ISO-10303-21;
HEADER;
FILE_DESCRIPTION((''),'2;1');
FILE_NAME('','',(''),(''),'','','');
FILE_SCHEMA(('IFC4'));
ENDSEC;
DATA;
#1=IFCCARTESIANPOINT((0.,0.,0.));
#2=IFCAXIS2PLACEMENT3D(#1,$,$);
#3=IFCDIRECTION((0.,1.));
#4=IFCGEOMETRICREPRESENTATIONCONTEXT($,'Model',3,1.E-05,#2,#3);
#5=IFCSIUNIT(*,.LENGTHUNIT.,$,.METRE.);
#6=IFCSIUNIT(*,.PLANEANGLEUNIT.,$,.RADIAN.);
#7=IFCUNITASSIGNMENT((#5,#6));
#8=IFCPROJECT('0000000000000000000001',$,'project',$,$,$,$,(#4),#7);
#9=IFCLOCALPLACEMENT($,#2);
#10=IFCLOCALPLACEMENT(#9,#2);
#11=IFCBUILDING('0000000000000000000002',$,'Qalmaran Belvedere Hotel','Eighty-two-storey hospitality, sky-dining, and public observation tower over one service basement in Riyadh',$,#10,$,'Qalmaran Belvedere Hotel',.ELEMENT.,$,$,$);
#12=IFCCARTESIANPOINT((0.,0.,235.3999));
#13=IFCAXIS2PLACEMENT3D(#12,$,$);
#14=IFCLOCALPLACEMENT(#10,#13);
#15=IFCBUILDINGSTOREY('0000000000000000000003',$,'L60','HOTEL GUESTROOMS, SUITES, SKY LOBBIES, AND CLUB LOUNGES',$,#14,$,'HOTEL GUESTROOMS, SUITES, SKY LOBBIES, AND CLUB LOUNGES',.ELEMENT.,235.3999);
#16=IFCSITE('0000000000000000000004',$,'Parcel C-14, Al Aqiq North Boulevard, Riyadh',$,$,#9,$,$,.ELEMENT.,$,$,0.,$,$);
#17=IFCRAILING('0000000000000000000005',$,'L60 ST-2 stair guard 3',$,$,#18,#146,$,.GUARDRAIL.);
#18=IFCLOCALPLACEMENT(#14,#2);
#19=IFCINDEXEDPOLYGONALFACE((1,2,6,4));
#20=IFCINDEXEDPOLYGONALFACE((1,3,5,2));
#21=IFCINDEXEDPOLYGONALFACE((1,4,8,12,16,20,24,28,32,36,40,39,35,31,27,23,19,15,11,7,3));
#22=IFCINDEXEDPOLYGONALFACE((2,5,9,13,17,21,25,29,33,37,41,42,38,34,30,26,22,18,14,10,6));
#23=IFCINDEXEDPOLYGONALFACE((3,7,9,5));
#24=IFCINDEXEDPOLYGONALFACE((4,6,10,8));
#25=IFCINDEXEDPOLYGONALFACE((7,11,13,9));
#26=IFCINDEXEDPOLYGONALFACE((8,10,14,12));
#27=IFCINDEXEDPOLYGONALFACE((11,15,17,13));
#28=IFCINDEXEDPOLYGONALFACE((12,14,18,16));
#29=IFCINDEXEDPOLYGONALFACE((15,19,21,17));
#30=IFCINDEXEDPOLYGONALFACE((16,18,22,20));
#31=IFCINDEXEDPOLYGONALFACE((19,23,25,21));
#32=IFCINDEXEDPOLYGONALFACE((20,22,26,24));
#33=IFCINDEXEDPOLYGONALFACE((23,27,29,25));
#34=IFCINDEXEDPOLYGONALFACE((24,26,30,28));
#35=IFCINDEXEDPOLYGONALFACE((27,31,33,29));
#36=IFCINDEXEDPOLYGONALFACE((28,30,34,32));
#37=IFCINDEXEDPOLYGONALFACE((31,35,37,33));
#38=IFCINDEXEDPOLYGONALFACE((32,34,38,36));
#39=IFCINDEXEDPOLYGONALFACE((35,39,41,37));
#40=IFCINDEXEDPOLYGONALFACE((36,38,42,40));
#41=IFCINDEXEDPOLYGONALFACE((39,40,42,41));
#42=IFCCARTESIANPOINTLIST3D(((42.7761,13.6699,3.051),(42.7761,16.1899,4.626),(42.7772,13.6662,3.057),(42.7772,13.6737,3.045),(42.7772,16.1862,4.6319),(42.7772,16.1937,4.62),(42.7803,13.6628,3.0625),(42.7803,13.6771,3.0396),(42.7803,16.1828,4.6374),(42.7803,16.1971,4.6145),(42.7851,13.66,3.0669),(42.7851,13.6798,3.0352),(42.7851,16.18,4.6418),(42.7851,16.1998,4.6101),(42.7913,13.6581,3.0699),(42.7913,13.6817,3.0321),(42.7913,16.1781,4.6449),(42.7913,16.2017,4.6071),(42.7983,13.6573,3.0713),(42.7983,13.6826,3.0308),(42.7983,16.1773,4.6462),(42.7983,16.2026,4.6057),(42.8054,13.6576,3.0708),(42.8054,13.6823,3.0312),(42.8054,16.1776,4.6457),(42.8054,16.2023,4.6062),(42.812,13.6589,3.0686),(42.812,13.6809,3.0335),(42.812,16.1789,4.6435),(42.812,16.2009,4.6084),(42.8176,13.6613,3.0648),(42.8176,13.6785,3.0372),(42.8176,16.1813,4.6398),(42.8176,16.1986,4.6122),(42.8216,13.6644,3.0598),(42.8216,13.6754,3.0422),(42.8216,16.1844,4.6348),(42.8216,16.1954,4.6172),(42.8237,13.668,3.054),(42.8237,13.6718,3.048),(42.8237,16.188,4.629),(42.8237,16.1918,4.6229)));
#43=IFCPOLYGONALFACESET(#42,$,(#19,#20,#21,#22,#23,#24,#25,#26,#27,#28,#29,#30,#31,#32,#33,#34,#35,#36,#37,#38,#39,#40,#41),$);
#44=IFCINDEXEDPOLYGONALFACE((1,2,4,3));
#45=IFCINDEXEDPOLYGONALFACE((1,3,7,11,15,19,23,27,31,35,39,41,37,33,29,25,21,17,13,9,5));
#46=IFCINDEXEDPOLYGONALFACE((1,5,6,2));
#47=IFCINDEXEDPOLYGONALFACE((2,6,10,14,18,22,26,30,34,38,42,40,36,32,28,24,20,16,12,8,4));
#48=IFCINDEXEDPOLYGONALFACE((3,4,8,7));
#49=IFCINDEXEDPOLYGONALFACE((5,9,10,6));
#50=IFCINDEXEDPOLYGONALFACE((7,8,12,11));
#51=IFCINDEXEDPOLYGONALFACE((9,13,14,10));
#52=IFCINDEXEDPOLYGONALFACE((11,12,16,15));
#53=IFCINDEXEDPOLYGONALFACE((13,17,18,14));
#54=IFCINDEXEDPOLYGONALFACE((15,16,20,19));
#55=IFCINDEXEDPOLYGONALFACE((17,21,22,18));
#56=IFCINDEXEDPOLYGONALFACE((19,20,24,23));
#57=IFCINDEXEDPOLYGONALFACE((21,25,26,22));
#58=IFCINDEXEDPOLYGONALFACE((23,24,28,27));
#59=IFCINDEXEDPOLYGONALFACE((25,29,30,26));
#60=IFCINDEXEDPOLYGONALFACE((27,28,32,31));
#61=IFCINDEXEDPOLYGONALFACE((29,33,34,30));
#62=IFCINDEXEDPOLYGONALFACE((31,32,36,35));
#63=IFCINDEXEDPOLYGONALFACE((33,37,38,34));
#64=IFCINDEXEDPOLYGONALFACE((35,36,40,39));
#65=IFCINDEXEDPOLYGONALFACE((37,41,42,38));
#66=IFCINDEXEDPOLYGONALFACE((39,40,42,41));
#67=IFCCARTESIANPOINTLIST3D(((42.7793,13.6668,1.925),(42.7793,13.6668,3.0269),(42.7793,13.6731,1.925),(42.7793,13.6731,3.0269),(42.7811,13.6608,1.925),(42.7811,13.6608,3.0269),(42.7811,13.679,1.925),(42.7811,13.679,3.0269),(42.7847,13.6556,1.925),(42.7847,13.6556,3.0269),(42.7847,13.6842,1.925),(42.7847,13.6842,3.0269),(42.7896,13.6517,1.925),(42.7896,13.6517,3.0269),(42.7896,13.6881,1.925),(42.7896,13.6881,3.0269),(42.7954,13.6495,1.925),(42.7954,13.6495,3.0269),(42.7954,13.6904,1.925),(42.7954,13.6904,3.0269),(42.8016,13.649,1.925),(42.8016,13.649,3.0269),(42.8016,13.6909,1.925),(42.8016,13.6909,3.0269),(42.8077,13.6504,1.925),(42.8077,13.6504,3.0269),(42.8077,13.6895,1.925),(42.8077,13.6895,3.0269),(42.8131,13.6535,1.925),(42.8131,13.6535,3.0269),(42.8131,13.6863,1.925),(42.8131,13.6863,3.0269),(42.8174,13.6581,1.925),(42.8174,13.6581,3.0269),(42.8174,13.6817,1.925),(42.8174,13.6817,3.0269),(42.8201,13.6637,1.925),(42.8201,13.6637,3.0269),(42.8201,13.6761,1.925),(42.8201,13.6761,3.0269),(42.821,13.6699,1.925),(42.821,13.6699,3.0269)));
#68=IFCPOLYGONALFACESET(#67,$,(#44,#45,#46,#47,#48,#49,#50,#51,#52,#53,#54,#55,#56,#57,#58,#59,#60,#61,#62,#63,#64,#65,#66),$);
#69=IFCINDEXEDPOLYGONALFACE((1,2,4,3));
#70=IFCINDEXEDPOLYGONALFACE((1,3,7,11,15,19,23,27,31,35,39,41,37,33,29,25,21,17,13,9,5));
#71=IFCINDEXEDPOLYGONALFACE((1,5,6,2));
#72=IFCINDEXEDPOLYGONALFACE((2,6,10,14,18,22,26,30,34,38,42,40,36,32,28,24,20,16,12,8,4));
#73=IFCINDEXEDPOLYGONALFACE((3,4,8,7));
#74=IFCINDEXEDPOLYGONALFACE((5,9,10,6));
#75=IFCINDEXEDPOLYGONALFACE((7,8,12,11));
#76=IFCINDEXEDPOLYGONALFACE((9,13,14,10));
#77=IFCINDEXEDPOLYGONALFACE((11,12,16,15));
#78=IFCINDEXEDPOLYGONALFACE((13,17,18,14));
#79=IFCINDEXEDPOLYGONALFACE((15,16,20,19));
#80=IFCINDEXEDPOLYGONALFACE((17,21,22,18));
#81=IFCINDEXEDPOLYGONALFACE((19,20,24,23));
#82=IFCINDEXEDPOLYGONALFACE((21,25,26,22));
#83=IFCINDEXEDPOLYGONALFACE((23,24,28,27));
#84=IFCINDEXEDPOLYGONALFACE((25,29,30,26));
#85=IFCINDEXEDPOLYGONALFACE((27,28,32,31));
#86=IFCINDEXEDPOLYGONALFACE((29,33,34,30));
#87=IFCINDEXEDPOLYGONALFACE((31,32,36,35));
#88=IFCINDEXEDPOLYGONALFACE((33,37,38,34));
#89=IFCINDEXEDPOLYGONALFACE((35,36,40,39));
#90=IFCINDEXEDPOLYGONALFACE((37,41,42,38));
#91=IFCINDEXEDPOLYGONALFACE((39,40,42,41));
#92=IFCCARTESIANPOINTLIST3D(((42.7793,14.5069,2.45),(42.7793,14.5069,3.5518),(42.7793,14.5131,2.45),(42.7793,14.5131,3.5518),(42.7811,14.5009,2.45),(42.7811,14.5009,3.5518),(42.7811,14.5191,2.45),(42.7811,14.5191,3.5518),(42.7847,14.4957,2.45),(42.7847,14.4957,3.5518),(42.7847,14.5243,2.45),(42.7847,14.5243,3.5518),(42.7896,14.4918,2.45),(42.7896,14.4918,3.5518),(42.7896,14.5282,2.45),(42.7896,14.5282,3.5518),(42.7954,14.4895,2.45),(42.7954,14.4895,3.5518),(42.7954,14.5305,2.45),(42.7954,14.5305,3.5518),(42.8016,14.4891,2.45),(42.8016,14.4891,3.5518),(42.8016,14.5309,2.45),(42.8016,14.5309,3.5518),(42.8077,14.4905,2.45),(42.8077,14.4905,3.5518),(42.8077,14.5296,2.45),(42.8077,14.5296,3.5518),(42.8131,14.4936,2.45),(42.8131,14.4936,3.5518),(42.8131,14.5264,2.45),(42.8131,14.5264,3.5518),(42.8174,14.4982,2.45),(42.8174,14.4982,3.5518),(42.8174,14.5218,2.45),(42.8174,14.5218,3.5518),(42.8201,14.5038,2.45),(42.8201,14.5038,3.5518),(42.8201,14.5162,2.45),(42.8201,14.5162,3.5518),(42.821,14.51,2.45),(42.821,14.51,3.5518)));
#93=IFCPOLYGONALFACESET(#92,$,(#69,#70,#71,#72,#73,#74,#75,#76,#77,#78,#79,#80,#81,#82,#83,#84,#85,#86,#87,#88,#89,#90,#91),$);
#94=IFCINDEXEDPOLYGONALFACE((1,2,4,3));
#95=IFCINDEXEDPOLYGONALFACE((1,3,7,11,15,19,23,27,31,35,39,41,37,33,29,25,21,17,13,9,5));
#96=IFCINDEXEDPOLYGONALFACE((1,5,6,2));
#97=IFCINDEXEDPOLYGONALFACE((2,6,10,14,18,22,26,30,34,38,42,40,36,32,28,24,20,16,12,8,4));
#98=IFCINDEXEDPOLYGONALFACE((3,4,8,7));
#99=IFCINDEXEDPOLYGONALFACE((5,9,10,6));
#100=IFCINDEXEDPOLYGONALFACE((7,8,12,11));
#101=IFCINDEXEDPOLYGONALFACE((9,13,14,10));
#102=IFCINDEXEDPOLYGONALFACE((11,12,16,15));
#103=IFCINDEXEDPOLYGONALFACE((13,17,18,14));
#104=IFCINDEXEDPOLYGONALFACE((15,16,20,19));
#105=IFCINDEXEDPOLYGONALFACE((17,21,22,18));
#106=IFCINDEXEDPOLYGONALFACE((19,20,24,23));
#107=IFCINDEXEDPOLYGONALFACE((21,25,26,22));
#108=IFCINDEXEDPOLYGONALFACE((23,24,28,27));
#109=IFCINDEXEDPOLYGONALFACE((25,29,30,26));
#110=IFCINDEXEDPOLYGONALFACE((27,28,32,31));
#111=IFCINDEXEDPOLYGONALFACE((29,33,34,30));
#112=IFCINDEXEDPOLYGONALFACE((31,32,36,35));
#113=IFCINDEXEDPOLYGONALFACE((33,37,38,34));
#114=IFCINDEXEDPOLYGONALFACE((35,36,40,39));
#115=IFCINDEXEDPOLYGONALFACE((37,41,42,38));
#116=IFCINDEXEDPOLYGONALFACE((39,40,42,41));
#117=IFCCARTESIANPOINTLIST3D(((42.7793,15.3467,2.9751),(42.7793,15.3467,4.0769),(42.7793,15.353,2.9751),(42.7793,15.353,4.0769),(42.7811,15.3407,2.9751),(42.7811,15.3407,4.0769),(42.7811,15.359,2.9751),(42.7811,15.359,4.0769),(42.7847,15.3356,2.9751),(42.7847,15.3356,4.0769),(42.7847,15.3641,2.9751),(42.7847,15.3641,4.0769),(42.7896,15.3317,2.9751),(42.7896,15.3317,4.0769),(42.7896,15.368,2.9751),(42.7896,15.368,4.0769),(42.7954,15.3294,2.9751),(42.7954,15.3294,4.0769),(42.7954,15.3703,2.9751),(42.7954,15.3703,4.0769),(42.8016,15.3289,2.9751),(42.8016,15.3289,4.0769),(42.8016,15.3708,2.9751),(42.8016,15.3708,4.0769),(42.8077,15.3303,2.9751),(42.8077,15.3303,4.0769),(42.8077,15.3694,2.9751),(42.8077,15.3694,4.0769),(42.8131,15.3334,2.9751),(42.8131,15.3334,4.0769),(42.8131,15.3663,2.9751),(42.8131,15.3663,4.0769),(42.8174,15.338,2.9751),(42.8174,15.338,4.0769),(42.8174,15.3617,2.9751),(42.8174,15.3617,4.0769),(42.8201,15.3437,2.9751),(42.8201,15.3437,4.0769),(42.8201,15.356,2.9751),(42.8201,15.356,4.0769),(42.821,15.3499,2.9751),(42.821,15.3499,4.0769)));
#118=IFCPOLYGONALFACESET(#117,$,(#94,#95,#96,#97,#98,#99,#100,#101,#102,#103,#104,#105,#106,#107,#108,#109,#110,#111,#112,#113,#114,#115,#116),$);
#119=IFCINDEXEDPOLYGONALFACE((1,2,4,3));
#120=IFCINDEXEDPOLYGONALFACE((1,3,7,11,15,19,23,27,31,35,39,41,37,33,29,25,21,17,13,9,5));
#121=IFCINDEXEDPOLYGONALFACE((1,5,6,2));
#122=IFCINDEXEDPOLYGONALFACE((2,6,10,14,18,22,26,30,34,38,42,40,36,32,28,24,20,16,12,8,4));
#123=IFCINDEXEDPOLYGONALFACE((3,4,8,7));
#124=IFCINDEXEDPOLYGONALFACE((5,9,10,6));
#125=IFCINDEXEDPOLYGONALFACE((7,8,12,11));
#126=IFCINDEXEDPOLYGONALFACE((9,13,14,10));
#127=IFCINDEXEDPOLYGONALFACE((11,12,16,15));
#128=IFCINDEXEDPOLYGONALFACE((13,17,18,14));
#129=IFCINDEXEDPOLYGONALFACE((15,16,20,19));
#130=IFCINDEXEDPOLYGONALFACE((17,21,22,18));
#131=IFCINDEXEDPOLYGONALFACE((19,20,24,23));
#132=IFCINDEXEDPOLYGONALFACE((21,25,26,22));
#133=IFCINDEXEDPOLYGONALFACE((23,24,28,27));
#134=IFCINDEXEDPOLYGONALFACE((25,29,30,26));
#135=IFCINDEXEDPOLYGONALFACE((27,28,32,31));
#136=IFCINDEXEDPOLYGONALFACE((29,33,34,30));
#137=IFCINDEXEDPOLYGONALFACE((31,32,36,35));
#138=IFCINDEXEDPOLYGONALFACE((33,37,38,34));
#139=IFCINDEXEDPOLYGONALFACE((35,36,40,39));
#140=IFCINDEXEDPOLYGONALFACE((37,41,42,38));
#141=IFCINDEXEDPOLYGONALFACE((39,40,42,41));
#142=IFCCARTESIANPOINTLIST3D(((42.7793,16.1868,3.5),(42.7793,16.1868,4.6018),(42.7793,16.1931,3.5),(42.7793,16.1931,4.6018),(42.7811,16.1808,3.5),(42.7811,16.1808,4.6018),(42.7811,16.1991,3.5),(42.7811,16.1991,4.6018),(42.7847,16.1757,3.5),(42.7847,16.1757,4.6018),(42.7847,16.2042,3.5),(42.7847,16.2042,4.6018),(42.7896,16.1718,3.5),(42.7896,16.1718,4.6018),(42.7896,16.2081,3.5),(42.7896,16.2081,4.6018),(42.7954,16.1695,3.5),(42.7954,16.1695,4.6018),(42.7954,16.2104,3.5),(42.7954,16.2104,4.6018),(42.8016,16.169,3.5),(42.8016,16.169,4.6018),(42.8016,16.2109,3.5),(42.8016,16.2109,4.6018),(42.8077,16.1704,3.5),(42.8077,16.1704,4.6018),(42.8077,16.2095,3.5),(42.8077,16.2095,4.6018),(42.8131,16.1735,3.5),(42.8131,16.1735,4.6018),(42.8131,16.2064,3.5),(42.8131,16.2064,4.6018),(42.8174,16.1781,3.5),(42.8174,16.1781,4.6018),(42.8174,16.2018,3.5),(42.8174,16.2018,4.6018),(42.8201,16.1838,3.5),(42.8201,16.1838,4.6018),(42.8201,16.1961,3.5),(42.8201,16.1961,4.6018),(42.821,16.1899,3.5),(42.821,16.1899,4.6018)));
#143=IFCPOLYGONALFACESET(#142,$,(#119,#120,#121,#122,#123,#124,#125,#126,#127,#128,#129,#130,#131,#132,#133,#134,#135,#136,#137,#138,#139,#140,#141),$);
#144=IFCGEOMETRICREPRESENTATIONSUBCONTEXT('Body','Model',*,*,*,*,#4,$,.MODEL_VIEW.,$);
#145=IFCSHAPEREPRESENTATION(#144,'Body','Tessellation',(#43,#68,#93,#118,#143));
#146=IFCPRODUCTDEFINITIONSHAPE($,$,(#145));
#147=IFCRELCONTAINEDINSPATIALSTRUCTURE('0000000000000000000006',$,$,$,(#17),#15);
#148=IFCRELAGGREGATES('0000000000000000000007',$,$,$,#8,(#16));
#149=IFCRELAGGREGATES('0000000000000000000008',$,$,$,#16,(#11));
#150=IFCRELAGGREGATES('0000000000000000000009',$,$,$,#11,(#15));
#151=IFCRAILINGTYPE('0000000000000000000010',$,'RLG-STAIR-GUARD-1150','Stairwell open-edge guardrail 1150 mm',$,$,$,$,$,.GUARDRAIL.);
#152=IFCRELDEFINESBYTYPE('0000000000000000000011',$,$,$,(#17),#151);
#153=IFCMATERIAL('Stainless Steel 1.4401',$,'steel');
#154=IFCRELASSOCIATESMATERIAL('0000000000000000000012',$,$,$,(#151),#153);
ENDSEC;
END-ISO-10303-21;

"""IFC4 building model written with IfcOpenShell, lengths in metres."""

from ifc_helpers import new_model, si_unit, direction, frame, origin, origin_2d, place, context, subcontext, project, spatial, circle, extrude, material, type_object, element, save


model = new_model("IFC4")

# Units and contexts
model_context = context("Model", 3, precision=1e-05, world=origin(), true_north=direction((0.0, 1.0)))
body_context = subcontext(model_context, "Body", "Model", "MODEL_VIEW")
ifc_project = project(units=[si_unit("LENGTHUNIT", "METRE"), si_unit("PLANEANGLEUNIT", "RADIAN")], contexts=[model_context])

# Site, building, storey
site_placement = place(None, origin())
site = spatial("IfcSite", under=ifc_project, at=site_placement, Name="Parcel C-14, Al Aqiq North Boulevard, Riyadh", CompositionType="ELEMENT", RefElevation=0.0)
building_placement = place(site_placement, origin())
building = spatial("IfcBuilding", under=site, at=building_placement, Name="Qalmaran Belvedere Hotel", Description="Eighty-two-storey hospitality, sky-dining, and public observation tower over one service basement in Riyadh", LongName="Qalmaran Belvedere Hotel", CompositionType="ELEMENT")
storey_placement = place(building_placement, frame((0.0, 0.0, 235.3999)))
storey = spatial("IfcBuildingStorey", under=building, at=storey_placement, Name="L60", Description="HOTEL GUESTROOMS, SUITES, SKY LOBBIES, AND CLUB LOUNGES", LongName="HOTEL GUESTROOMS, SUITES, SKY LOBBIES, AND CLUB LOUNGES", CompositionType="ELEMENT", Elevation=235.3999)

# Railing
ifc_material_1 = material(Name="Stainless Steel 1.4401", Category="steel")
railing_type_1 = type_object("IfcRailingType", Name="RLG-STAIR-GUARD-1150", Description="Stairwell open-edge guardrail 1150 mm", PredefinedType="GUARDRAIL", material=ifc_material_1)
railing_1_placement = place(storey_placement, frame((42.8, 13.6699, 1.925)))
element("IfcRailing", 1, at=railing_1_placement, inside=storey, type_object=railing_type_1, Name="L60 ST-2 stair guard 3", PredefinedType="GUARDRAIL", context=body_context, shape_type="SweptSolid", body=[
    extrude(circle(Radius=0.0239, at=origin_2d()), frame((0.0, 0.0, 1.126), z_axis=(0.0, 0.848008, 0.529984), x_axis=(-1.0, 0.0, 0.0)), (0.0, 0.0, 1.0), 2.9717),
    extrude(circle(Radius=0.021, at=origin_2d()), origin(), (0.0, 0.0, 1.0), 1.1018),
    extrude(circle(Radius=0.021, at=origin_2d()), frame((0.0, 0.8401, 0.5249)), (0.0, 0.0, 1.0), 1.1018),
    extrude(circle(Radius=0.021, at=origin_2d()), frame((0.0, 1.6799, 1.05)), (0.0, 0.0, 1.0), 1.1018),
    extrude(circle(Radius=0.021, at=origin_2d()), frame((0.0, 2.52, 1.575)), (0.0, 0.0, 1.0), 1.1018),
])

save(model, "model.ifc")
